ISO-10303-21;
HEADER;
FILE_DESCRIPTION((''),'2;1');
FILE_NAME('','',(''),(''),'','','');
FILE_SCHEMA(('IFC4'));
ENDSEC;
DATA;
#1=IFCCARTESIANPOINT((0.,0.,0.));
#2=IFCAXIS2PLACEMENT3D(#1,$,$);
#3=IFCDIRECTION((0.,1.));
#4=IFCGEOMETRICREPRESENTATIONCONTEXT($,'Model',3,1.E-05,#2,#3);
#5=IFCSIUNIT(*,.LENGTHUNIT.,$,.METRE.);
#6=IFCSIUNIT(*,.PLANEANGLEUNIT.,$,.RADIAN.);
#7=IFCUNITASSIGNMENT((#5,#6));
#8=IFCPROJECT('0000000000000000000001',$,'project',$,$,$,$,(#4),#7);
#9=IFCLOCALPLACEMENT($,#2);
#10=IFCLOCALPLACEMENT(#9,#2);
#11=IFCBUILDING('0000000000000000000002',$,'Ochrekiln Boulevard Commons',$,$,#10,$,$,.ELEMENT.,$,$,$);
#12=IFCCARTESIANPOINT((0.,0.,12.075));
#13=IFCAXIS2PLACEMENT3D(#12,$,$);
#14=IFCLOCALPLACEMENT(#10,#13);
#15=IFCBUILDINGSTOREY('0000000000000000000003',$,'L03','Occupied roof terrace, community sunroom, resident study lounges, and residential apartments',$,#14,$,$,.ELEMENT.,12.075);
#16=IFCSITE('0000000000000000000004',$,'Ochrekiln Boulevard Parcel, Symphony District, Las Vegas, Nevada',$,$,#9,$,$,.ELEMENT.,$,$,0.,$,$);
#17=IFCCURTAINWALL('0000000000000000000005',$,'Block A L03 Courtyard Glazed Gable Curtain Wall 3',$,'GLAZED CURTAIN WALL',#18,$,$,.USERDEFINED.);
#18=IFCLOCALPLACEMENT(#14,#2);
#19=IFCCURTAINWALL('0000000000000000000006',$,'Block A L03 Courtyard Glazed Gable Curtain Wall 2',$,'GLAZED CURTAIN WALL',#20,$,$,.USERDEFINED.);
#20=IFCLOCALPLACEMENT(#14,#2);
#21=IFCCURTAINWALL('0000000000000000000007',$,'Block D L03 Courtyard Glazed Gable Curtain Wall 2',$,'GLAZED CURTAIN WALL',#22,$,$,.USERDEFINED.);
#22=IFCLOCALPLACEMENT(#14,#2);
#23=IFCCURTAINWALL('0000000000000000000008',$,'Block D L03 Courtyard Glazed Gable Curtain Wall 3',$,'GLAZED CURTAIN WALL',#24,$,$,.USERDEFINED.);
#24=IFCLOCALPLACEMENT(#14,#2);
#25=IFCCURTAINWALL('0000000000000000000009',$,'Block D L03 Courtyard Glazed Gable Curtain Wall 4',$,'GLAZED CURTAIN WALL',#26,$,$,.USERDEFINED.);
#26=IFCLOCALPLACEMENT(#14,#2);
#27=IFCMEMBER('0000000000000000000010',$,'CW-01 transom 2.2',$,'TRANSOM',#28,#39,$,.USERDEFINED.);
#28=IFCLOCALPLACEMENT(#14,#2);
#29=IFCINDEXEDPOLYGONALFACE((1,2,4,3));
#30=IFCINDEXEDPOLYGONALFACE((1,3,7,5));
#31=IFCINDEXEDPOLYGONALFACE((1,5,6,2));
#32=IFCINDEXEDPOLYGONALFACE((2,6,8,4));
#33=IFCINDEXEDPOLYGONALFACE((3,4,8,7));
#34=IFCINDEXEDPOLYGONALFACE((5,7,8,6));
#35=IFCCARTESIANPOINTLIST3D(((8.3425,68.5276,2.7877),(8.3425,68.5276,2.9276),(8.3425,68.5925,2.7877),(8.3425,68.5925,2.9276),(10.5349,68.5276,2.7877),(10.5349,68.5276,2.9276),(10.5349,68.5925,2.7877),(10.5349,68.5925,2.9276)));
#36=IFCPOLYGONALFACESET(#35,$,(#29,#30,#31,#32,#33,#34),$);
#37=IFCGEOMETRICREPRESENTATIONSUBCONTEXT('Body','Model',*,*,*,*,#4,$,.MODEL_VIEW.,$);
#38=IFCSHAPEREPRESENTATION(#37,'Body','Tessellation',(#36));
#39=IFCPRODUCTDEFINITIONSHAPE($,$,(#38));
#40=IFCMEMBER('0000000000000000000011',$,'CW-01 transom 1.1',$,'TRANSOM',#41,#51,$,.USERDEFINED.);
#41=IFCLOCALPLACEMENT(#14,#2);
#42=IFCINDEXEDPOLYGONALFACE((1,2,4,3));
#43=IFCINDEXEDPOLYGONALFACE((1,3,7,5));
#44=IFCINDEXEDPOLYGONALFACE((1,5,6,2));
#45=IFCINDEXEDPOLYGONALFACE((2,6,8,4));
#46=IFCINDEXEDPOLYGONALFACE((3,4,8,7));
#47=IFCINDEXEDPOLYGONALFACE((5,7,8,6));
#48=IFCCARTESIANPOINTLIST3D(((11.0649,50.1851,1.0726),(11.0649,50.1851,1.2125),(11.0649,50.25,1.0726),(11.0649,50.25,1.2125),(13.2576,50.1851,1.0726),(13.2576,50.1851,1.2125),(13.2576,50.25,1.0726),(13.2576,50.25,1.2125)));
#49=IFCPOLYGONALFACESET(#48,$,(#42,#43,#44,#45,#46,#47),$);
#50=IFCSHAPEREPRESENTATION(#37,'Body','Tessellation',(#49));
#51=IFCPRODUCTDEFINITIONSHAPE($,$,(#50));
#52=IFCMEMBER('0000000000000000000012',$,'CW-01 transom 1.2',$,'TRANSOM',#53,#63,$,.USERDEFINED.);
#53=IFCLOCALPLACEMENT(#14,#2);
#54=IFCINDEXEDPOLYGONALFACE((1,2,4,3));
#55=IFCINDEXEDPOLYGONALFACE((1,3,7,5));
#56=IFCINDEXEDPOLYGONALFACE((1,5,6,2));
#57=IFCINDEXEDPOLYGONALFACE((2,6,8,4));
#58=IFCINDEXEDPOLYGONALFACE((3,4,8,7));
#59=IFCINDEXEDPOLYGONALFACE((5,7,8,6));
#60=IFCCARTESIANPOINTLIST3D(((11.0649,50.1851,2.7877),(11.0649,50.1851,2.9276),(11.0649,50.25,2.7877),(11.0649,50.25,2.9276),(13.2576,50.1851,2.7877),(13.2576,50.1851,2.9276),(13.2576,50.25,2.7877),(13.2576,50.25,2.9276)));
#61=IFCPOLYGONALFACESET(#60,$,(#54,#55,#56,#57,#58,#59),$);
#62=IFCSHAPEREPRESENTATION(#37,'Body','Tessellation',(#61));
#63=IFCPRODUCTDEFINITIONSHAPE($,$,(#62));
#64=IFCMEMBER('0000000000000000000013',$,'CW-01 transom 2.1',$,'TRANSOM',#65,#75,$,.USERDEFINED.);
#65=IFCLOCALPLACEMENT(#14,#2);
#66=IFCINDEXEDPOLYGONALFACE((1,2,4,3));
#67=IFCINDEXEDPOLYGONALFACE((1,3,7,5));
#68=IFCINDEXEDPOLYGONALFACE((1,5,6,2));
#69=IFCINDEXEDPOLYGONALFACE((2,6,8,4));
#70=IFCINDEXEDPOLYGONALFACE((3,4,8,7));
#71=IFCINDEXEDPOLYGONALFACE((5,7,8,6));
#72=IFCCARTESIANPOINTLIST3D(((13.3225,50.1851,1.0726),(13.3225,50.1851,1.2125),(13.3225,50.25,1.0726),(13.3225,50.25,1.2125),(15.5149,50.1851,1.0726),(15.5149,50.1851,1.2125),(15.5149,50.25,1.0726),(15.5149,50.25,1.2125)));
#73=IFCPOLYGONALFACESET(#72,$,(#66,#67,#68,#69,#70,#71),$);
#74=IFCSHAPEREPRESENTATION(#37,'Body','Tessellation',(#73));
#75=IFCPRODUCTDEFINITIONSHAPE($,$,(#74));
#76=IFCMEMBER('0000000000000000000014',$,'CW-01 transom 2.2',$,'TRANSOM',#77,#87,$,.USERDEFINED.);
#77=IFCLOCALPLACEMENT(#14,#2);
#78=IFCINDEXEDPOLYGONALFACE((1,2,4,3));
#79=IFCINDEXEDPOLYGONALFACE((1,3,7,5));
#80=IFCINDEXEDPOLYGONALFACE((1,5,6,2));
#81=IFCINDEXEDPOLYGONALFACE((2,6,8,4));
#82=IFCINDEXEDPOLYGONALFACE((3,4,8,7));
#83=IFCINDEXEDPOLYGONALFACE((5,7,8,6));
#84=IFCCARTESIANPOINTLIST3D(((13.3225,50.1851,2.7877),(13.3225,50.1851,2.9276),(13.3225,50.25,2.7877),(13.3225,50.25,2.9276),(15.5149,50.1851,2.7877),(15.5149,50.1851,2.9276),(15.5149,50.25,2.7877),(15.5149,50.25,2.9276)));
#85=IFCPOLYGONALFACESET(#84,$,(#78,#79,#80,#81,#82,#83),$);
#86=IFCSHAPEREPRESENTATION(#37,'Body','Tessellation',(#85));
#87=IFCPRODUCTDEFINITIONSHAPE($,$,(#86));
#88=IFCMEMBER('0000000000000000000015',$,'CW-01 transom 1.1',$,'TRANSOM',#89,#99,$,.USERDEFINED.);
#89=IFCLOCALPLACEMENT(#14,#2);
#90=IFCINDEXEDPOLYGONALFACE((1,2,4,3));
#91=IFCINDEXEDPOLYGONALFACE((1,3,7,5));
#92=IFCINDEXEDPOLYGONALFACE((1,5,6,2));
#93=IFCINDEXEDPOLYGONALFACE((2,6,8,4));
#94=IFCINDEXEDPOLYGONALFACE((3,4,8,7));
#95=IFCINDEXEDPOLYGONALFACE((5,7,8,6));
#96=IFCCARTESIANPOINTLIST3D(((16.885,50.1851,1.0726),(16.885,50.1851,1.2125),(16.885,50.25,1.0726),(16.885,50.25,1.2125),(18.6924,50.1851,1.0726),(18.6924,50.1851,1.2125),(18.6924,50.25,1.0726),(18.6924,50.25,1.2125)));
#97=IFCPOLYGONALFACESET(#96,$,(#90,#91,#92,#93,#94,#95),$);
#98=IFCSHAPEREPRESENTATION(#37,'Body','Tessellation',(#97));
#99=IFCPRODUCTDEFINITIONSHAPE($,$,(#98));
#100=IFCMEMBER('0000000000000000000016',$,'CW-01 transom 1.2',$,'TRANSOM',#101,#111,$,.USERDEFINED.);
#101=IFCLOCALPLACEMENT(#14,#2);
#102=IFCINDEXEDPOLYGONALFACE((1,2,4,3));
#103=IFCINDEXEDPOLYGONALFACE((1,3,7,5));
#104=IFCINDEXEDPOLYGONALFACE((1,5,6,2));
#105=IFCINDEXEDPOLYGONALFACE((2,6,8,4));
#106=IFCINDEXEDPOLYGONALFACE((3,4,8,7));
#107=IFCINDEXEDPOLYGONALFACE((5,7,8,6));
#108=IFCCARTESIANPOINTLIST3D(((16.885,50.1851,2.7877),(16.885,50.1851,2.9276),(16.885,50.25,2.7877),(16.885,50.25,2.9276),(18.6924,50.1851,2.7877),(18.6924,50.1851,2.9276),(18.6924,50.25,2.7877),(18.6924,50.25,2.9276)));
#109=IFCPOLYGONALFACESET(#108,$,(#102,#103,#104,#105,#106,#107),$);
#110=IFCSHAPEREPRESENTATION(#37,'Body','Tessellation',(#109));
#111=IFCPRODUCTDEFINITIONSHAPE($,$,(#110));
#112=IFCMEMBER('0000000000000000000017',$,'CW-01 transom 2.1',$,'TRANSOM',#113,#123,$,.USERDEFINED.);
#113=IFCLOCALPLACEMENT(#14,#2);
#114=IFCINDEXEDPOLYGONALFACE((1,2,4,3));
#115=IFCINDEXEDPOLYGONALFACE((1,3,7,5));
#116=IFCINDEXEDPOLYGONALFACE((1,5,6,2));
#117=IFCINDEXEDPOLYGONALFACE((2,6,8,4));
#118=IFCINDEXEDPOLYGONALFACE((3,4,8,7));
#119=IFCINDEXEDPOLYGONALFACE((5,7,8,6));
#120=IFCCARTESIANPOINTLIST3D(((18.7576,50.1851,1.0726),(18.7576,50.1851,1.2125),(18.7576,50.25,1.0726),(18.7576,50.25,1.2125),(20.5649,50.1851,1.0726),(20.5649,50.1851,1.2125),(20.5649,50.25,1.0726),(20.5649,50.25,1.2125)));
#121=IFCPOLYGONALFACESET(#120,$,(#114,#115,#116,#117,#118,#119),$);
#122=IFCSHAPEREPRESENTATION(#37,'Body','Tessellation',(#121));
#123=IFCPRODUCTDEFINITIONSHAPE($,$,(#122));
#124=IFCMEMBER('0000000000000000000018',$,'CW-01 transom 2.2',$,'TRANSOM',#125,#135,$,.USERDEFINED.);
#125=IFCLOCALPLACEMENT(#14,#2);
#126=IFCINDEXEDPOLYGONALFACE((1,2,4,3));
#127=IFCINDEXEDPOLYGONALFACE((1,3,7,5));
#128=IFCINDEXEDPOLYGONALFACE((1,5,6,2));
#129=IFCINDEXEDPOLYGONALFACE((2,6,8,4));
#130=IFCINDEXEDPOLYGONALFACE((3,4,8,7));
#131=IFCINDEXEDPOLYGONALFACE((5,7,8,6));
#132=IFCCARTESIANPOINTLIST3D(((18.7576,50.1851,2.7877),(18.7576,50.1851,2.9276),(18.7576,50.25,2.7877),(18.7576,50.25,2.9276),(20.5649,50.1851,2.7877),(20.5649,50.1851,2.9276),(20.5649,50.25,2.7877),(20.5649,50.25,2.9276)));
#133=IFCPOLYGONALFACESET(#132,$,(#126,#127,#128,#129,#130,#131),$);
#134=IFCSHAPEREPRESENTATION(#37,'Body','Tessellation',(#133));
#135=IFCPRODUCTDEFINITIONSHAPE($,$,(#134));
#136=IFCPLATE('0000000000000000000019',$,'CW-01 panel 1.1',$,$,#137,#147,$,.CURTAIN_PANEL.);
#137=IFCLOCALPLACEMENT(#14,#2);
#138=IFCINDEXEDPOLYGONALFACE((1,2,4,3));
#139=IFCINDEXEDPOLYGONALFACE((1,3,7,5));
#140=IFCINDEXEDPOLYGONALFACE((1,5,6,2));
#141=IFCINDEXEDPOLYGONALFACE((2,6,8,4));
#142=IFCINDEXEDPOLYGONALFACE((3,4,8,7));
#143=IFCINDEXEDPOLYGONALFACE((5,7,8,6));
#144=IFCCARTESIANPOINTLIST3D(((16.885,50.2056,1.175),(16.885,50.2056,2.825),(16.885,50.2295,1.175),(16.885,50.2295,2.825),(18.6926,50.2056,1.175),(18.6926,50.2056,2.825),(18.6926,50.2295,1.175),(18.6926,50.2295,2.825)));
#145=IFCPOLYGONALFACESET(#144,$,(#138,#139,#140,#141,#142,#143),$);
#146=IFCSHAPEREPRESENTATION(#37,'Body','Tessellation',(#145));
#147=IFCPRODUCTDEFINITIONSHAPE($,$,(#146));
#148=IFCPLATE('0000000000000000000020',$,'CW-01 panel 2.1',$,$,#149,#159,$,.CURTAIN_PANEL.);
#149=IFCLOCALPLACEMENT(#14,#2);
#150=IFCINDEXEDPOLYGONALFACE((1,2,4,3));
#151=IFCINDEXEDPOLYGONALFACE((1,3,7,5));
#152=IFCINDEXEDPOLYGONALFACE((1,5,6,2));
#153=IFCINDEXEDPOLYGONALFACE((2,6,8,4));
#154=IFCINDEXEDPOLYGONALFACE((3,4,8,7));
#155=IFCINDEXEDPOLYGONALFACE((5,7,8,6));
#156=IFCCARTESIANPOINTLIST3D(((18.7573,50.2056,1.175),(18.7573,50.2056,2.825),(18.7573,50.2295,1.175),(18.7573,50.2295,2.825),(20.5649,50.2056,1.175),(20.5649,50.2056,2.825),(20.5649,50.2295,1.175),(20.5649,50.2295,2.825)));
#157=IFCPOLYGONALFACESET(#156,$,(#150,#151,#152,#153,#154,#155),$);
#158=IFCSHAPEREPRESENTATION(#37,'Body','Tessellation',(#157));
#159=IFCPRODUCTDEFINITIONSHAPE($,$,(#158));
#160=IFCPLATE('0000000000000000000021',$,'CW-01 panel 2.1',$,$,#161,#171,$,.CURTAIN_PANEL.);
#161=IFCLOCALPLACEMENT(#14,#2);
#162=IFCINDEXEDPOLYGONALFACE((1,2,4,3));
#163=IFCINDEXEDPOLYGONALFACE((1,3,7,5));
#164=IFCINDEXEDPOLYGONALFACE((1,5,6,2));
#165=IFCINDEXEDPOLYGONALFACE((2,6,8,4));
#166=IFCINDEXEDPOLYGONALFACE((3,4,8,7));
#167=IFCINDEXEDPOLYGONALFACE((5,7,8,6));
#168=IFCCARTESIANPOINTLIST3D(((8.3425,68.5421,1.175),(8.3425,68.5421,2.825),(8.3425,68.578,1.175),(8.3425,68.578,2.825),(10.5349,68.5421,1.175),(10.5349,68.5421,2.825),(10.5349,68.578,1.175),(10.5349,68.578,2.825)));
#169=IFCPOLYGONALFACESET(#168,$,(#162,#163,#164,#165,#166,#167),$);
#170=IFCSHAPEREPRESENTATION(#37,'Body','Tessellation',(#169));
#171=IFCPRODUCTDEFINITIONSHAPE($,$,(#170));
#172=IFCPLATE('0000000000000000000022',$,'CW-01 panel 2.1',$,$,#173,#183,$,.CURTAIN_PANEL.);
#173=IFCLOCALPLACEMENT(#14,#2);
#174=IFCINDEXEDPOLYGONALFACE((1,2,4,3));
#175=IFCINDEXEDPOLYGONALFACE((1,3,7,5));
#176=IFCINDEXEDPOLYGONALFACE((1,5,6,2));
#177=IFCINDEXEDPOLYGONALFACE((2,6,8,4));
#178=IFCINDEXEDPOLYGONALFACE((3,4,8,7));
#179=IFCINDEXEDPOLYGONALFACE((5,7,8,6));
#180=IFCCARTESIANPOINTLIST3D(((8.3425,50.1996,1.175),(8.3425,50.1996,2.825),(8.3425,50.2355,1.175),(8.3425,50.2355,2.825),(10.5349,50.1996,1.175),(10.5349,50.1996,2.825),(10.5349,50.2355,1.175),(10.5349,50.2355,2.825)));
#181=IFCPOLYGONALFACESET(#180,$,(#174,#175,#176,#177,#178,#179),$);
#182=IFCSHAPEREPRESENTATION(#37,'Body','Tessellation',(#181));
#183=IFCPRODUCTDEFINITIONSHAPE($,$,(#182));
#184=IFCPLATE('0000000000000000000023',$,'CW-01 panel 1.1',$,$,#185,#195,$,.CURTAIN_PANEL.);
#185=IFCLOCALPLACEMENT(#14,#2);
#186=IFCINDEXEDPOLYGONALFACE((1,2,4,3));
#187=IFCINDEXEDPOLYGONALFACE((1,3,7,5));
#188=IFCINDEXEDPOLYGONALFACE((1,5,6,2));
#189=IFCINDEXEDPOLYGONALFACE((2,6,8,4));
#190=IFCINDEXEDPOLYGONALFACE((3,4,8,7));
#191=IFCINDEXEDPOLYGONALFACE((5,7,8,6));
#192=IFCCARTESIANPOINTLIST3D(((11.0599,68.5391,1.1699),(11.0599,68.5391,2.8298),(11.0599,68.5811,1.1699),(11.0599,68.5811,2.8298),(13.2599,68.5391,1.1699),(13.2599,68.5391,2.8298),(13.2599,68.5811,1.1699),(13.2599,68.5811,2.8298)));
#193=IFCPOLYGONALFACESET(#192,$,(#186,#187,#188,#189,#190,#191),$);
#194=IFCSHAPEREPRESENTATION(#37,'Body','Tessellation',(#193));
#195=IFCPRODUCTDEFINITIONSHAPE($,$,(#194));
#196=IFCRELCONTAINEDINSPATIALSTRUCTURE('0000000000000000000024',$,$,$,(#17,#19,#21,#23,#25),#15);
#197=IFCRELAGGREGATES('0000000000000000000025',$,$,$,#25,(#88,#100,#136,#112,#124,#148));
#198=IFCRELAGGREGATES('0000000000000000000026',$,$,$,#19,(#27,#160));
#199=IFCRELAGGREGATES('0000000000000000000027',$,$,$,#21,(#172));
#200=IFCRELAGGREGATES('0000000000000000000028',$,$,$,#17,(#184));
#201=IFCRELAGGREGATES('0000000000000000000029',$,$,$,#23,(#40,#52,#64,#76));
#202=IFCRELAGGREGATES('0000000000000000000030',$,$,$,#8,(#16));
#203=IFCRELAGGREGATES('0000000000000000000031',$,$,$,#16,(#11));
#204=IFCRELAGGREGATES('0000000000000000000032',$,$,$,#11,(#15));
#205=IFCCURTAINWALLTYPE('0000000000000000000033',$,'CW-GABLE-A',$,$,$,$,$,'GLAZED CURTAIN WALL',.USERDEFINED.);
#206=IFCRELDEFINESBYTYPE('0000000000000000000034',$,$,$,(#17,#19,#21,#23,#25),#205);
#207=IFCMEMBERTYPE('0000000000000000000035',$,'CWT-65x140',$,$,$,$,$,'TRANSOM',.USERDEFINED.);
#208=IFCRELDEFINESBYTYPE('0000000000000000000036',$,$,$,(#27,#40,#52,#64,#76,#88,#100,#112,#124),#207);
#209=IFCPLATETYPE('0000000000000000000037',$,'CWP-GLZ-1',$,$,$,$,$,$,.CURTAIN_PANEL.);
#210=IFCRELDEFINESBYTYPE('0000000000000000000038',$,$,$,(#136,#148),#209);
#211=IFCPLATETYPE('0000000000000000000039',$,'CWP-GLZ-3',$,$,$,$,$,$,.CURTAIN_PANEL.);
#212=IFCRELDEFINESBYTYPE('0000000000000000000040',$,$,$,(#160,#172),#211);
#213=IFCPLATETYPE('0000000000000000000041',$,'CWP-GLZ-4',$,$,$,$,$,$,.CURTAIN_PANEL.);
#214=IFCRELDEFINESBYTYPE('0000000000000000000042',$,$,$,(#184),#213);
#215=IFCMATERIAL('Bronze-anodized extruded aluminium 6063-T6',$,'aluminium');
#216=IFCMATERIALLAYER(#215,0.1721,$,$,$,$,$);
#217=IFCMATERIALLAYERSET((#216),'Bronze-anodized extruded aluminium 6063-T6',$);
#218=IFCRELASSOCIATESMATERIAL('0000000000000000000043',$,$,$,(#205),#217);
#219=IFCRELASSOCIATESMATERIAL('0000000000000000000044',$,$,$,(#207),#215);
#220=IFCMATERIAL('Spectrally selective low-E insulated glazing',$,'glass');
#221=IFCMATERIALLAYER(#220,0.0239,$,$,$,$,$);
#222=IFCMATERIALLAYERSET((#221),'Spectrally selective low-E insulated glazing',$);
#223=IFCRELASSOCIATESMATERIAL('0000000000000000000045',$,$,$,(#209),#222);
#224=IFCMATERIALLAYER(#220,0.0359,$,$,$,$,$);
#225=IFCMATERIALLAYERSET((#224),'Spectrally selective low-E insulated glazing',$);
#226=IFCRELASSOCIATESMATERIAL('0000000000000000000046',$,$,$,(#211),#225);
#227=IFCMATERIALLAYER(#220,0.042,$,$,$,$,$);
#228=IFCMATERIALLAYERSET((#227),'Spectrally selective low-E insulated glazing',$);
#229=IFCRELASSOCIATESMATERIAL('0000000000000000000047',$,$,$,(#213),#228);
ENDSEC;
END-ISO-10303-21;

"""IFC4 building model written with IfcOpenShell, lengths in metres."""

from ifc_helpers import new_model, si_unit, direction, frame, origin, origin_2d, place, context, subcontext, project, spatial, rectangle, extrude, material, layer, layer_set, material_profile, profile_set, type_object, element, aggregate, save


model = new_model("IFC4")

# Units and contexts
model_context = context("Model", 3, precision=1e-05, world=origin(), true_north=direction((0.0, 1.0)))
body_context = subcontext(model_context, "Body", "Model", "MODEL_VIEW")
ifc_project = project(units=[si_unit("LENGTHUNIT", "METRE"), si_unit("PLANEANGLEUNIT", "RADIAN")], contexts=[model_context])

# Site, building, storey
site_placement = place(None, origin())
site = spatial("IfcSite", under=ifc_project, at=site_placement, Name="Ochrekiln Boulevard Parcel, Symphony District, Las Vegas, Nevada", CompositionType="ELEMENT", RefElevation=0.0)
building_placement = place(site_placement, origin())
building = spatial("IfcBuilding", under=site, at=building_placement, Name="Ochrekiln Boulevard Commons", CompositionType="ELEMENT")
storey_placement = place(building_placement, frame((0.0, 0.0, 12.075)))
storey = spatial("IfcBuildingStorey", under=building, at=storey_placement, Name="L03", Description="Occupied roof terrace, community sunroom, resident study lounges, and residential apartments", CompositionType="ELEMENT", Elevation=12.075)

# Curtain wall
ifc_material_1 = material(Name="Bronze-anodized extruded aluminium 6063-T6", Category="aluminium")
ifc_layer_1 = layer(ifc_material_1, 0.1721)
ifc_layer_set_1 = layer_set([ifc_layer_1], Name="Bronze-anodized extruded aluminium 6063-T6")
curtain_wall_type = type_object("IfcCurtainWallType", Name="CW-GABLE-A", ElementType="GLAZED CURTAIN WALL", PredefinedType="USERDEFINED", material=ifc_layer_set_1)
curtain_wall_1_placement = place(storey_placement, origin())
curtain_wall_1 = element("IfcCurtainWall", 1, at=curtain_wall_1_placement, inside=storey, type_object=curtain_wall_type, Name="Block A L03 Courtyard Glazed Gable Curtain Wall 3", ObjectType="GLAZED CURTAIN WALL", PredefinedType="USERDEFINED")

# Curtain walls
curtain_wall_2_placement = place(storey_placement, origin())
curtain_wall_2 = element("IfcCurtainWall", 2, at=curtain_wall_2_placement, inside=storey, type_object=curtain_wall_type, Name="Block A L03 Courtyard Glazed Gable Curtain Wall 2", ObjectType="GLAZED CURTAIN WALL", PredefinedType="USERDEFINED")
curtain_wall_3_placement = place(storey_placement, origin())
curtain_wall_3 = element("IfcCurtainWall", 3, at=curtain_wall_3_placement, inside=storey, type_object=curtain_wall_type, Name="Block D L03 Courtyard Glazed Gable Curtain Wall 2", ObjectType="GLAZED CURTAIN WALL", PredefinedType="USERDEFINED")

# Curtain walls
curtain_wall_4_placement = place(storey_placement, origin())
curtain_wall_4 = element("IfcCurtainWall", 4, at=curtain_wall_4_placement, inside=storey, type_object=curtain_wall_type, Name="Block D L03 Courtyard Glazed Gable Curtain Wall 3", ObjectType="GLAZED CURTAIN WALL", PredefinedType="USERDEFINED")
curtain_wall_5_placement = place(storey_placement, origin())
curtain_wall_5 = element("IfcCurtainWall", 5, at=curtain_wall_5_placement, inside=storey, type_object=curtain_wall_type, Name="Block D L03 Courtyard Glazed Gable Curtain Wall 4", ObjectType="GLAZED CURTAIN WALL", PredefinedType="USERDEFINED")

# Members
ifc_material_profile_1 = material_profile(ifc_material_1, rectangle(XDim=0.0649, YDim=0.1399, at=origin_2d()), Name="ALU-TRN-65x140")
ifc_profile_set_1 = profile_set([ifc_material_profile_1], Name="Bronze-anodized extruded aluminium 6063-T6")
member_type_1 = type_object("IfcMemberType", Name="CWT-65x140", ElementType="TRANSOM", PredefinedType="USERDEFINED", material=ifc_profile_set_1)
member_1_placement = place(storey_placement, frame((8.3425, 68.5601, 2.8577), z_axis=(1.0, 0.0, 0.0), x_axis=(0.0, 1.0, 0.0)))
member_1 = element("IfcMember", 6, at=member_1_placement, type_object=member_type_1, Name="CW-01 transom 2.2", ObjectType="TRANSOM", PredefinedType="USERDEFINED", context=body_context, shape_type="SweptSolid", body=[
    extrude(rectangle(XDim=0.0649, YDim=0.1399, at=origin_2d()), origin(), (0.0, 0.0, 1.0), 2.1924),
])
member_2_placement = place(storey_placement, frame((11.0649, 50.2175, 1.1426), z_axis=(1.0, 0.0, 0.0), x_axis=(0.0, 1.0, 0.0)))
member_2 = element("IfcMember", 7, at=member_2_placement, type_object=member_type_1, Name="CW-01 transom 1.1", ObjectType="TRANSOM", PredefinedType="USERDEFINED", context=body_context, shape_type="SweptSolid", body=[
    extrude(rectangle(XDim=0.0649, YDim=0.1399, at=origin_2d()), origin(), (0.0, 0.0, 1.0), 2.1926),
])
member_3_placement = place(storey_placement, frame((11.0649, 50.2175, 2.8577), z_axis=(1.0, 0.0, 0.0), x_axis=(0.0, 1.0, 0.0)))
member_3 = element("IfcMember", 8, at=member_3_placement, type_object=member_type_1, Name="CW-01 transom 1.2", ObjectType="TRANSOM", PredefinedType="USERDEFINED", context=body_context, shape_type="SweptSolid", body=[
    extrude(rectangle(XDim=0.0649, YDim=0.1399, at=origin_2d()), origin(), (0.0, 0.0, 1.0), 2.1926),
])
member_4_placement = place(storey_placement, frame((13.3225, 50.2175, 1.1426), z_axis=(1.0, 0.0, 0.0), x_axis=(0.0, 1.0, 0.0)))
member_4 = element("IfcMember", 9, at=member_4_placement, type_object=member_type_1, Name="CW-01 transom 2.1", ObjectType="TRANSOM", PredefinedType="USERDEFINED", context=body_context, shape_type="SweptSolid", body=[
    extrude(rectangle(XDim=0.0649, YDim=0.1399, at=origin_2d()), origin(), (0.0, 0.0, 1.0), 2.1924),
])
member_5_placement = place(storey_placement, frame((13.3225, 50.2175, 2.8577), z_axis=(1.0, 0.0, 0.0), x_axis=(0.0, 1.0, 0.0)))
member_5 = element("IfcMember", 10, at=member_5_placement, type_object=member_type_1, Name="CW-01 transom 2.2", ObjectType="TRANSOM", PredefinedType="USERDEFINED", context=body_context, shape_type="SweptSolid", body=[
    extrude(rectangle(XDim=0.0649, YDim=0.1399, at=origin_2d()), origin(), (0.0, 0.0, 1.0), 2.1924),
])
member_6_placement = place(storey_placement, frame((16.885, 50.2175, 1.1426), z_axis=(1.0, 0.0, 0.0), x_axis=(0.0, 1.0, 0.0)))
member_6 = element("IfcMember", 11, at=member_6_placement, type_object=member_type_1, Name="CW-01 transom 1.1", ObjectType="TRANSOM", PredefinedType="USERDEFINED", context=body_context, shape_type="SweptSolid", body=[
    extrude(rectangle(XDim=0.0649, YDim=0.1399, at=origin_2d()), origin(), (0.0, 0.0, 1.0), 1.8074),
])
member_7_placement = place(storey_placement, frame((16.885, 50.2175, 2.8577), z_axis=(1.0, 0.0, 0.0), x_axis=(0.0, 1.0, 0.0)))
member_7 = element("IfcMember", 12, at=member_7_placement, type_object=member_type_1, Name="CW-01 transom 1.2", ObjectType="TRANSOM", PredefinedType="USERDEFINED", context=body_context, shape_type="SweptSolid", body=[
    extrude(rectangle(XDim=0.0649, YDim=0.1399, at=origin_2d()), origin(), (0.0, 0.0, 1.0), 1.8074),
])
member_8_placement = place(storey_placement, frame((18.7576, 50.2175, 1.1426), z_axis=(1.0, 0.0, 0.0), x_axis=(0.0, 1.0, 0.0)))
member_8 = element("IfcMember", 13, at=member_8_placement, type_object=member_type_1, Name="CW-01 transom 2.1", ObjectType="TRANSOM", PredefinedType="USERDEFINED", context=body_context, shape_type="SweptSolid", body=[
    extrude(rectangle(XDim=0.0649, YDim=0.1399, at=origin_2d()), origin(), (0.0, 0.0, 1.0), 1.8074),
])
member_9_placement = place(storey_placement, frame((18.7576, 50.2175, 2.8577), z_axis=(1.0, 0.0, 0.0), x_axis=(0.0, 1.0, 0.0)))
member_9 = element("IfcMember", 14, at=member_9_placement, type_object=member_type_1, Name="CW-01 transom 2.2", ObjectType="TRANSOM", PredefinedType="USERDEFINED", context=body_context, shape_type="SweptSolid", body=[
    extrude(rectangle(XDim=0.0649, YDim=0.1399, at=origin_2d()), origin(), (0.0, 0.0, 1.0), 1.8074),
])

# Plates
ifc_material_2 = material(Name="Spectrally selective low-E insulated glazing", Category="glass")
ifc_layer_2 = layer(ifc_material_2, 0.0239)
ifc_layer_set_2 = layer_set([ifc_layer_2], Name="Spectrally selective low-E insulated glazing")
plate_type_1 = type_object("IfcPlateType", Name="CWP-GLZ-1", PredefinedType="CURTAIN_PANEL", material=ifc_layer_set_2)
plate_1_placement = place(storey_placement, frame((17.7888, 50.2175, 1.175), z_axis=(0.0, 0.0, 1.0), x_axis=(1.0, 0.0, 0.0)))
plate_1 = element("IfcPlate", 15, at=plate_1_placement, type_object=plate_type_1, Name="CW-01 panel 1.1", PredefinedType="CURTAIN_PANEL", context=body_context, shape_type="SweptSolid", body=[
    extrude(rectangle(XDim=1.8076, YDim=0.0239, at=origin_2d()), origin(), (0.0, 0.0, 1.0), 1.6499),
])
plate_2_placement = place(storey_placement, frame((19.6611, 50.2175, 1.175), z_axis=(0.0, 0.0, 1.0), x_axis=(1.0, 0.0, 0.0)))
plate_2 = element("IfcPlate", 16, at=plate_2_placement, type_object=plate_type_1, Name="CW-01 panel 2.1", PredefinedType="CURTAIN_PANEL", context=body_context, shape_type="SweptSolid", body=[
    extrude(rectangle(XDim=1.8076, YDim=0.0239, at=origin_2d()), origin(), (0.0, 0.0, 1.0), 1.6499),
])
aggregate(curtain_wall_5, [member_6, member_7, plate_1, member_8, member_9, plate_2])
ifc_layer_3 = layer(ifc_material_2, 0.0359)
ifc_layer_set_3 = layer_set([ifc_layer_3], Name="Spectrally selective low-E insulated glazing")
plate_type_2 = type_object("IfcPlateType", Name="CWP-GLZ-3", PredefinedType="CURTAIN_PANEL", material=ifc_layer_set_3)
plate_3_placement = place(storey_placement, frame((9.4387, 68.5601, 1.175), z_axis=(0.0, 0.0, 1.0), x_axis=(1.0, 0.0, 0.0)))
plate_3 = element("IfcPlate", 17, at=plate_3_placement, type_object=plate_type_2, Name="CW-01 panel 2.1", PredefinedType="CURTAIN_PANEL", context=body_context, shape_type="SweptSolid", body=[
    extrude(rectangle(XDim=2.1924, YDim=0.0359, at=origin_2d()), origin(), (0.0, 0.0, 1.0), 1.6499),
])
aggregate(curtain_wall_2, [member_1, plate_3])
plate_4_placement = place(storey_placement, frame((9.4387, 50.2175, 1.175), z_axis=(0.0, 0.0, 1.0), x_axis=(1.0, 0.0, 0.0)))
plate_4 = element("IfcPlate", 18, at=plate_4_placement, type_object=plate_type_2, Name="CW-01 panel 2.1", PredefinedType="CURTAIN_PANEL", context=body_context, shape_type="SweptSolid", body=[
    extrude(rectangle(XDim=2.1924, YDim=0.0359, at=origin_2d()), origin(), (0.0, 0.0, 1.0), 1.6499),
])
aggregate(curtain_wall_3, [plate_4])
ifc_layer_4 = layer(ifc_material_2, 0.042)
ifc_layer_set_4 = layer_set([ifc_layer_4], Name="Spectrally selective low-E insulated glazing")
plate_type_3 = type_object("IfcPlateType", Name="CWP-GLZ-4", PredefinedType="CURTAIN_PANEL", material=ifc_layer_set_4)
plate_5_placement = place(storey_placement, frame((12.1599, 68.5601, 1.1699), z_axis=(0.0, 0.0, 1.0), x_axis=(1.0, 0.0, 0.0)))
plate_5 = element("IfcPlate", 19, at=plate_5_placement, type_object=plate_type_3, Name="CW-01 panel 1.1", PredefinedType="CURTAIN_PANEL", context=body_context, shape_type="SweptSolid", body=[
    extrude(rectangle(XDim=2.2, YDim=0.042, at=origin_2d()), origin(), (0.0, 0.0, 1.0), 1.6599),
])
aggregate(curtain_wall_1, [plate_5])
aggregate(curtain_wall_4, [member_2, member_3, member_4, member_5])

save(model, "model.ifc")
